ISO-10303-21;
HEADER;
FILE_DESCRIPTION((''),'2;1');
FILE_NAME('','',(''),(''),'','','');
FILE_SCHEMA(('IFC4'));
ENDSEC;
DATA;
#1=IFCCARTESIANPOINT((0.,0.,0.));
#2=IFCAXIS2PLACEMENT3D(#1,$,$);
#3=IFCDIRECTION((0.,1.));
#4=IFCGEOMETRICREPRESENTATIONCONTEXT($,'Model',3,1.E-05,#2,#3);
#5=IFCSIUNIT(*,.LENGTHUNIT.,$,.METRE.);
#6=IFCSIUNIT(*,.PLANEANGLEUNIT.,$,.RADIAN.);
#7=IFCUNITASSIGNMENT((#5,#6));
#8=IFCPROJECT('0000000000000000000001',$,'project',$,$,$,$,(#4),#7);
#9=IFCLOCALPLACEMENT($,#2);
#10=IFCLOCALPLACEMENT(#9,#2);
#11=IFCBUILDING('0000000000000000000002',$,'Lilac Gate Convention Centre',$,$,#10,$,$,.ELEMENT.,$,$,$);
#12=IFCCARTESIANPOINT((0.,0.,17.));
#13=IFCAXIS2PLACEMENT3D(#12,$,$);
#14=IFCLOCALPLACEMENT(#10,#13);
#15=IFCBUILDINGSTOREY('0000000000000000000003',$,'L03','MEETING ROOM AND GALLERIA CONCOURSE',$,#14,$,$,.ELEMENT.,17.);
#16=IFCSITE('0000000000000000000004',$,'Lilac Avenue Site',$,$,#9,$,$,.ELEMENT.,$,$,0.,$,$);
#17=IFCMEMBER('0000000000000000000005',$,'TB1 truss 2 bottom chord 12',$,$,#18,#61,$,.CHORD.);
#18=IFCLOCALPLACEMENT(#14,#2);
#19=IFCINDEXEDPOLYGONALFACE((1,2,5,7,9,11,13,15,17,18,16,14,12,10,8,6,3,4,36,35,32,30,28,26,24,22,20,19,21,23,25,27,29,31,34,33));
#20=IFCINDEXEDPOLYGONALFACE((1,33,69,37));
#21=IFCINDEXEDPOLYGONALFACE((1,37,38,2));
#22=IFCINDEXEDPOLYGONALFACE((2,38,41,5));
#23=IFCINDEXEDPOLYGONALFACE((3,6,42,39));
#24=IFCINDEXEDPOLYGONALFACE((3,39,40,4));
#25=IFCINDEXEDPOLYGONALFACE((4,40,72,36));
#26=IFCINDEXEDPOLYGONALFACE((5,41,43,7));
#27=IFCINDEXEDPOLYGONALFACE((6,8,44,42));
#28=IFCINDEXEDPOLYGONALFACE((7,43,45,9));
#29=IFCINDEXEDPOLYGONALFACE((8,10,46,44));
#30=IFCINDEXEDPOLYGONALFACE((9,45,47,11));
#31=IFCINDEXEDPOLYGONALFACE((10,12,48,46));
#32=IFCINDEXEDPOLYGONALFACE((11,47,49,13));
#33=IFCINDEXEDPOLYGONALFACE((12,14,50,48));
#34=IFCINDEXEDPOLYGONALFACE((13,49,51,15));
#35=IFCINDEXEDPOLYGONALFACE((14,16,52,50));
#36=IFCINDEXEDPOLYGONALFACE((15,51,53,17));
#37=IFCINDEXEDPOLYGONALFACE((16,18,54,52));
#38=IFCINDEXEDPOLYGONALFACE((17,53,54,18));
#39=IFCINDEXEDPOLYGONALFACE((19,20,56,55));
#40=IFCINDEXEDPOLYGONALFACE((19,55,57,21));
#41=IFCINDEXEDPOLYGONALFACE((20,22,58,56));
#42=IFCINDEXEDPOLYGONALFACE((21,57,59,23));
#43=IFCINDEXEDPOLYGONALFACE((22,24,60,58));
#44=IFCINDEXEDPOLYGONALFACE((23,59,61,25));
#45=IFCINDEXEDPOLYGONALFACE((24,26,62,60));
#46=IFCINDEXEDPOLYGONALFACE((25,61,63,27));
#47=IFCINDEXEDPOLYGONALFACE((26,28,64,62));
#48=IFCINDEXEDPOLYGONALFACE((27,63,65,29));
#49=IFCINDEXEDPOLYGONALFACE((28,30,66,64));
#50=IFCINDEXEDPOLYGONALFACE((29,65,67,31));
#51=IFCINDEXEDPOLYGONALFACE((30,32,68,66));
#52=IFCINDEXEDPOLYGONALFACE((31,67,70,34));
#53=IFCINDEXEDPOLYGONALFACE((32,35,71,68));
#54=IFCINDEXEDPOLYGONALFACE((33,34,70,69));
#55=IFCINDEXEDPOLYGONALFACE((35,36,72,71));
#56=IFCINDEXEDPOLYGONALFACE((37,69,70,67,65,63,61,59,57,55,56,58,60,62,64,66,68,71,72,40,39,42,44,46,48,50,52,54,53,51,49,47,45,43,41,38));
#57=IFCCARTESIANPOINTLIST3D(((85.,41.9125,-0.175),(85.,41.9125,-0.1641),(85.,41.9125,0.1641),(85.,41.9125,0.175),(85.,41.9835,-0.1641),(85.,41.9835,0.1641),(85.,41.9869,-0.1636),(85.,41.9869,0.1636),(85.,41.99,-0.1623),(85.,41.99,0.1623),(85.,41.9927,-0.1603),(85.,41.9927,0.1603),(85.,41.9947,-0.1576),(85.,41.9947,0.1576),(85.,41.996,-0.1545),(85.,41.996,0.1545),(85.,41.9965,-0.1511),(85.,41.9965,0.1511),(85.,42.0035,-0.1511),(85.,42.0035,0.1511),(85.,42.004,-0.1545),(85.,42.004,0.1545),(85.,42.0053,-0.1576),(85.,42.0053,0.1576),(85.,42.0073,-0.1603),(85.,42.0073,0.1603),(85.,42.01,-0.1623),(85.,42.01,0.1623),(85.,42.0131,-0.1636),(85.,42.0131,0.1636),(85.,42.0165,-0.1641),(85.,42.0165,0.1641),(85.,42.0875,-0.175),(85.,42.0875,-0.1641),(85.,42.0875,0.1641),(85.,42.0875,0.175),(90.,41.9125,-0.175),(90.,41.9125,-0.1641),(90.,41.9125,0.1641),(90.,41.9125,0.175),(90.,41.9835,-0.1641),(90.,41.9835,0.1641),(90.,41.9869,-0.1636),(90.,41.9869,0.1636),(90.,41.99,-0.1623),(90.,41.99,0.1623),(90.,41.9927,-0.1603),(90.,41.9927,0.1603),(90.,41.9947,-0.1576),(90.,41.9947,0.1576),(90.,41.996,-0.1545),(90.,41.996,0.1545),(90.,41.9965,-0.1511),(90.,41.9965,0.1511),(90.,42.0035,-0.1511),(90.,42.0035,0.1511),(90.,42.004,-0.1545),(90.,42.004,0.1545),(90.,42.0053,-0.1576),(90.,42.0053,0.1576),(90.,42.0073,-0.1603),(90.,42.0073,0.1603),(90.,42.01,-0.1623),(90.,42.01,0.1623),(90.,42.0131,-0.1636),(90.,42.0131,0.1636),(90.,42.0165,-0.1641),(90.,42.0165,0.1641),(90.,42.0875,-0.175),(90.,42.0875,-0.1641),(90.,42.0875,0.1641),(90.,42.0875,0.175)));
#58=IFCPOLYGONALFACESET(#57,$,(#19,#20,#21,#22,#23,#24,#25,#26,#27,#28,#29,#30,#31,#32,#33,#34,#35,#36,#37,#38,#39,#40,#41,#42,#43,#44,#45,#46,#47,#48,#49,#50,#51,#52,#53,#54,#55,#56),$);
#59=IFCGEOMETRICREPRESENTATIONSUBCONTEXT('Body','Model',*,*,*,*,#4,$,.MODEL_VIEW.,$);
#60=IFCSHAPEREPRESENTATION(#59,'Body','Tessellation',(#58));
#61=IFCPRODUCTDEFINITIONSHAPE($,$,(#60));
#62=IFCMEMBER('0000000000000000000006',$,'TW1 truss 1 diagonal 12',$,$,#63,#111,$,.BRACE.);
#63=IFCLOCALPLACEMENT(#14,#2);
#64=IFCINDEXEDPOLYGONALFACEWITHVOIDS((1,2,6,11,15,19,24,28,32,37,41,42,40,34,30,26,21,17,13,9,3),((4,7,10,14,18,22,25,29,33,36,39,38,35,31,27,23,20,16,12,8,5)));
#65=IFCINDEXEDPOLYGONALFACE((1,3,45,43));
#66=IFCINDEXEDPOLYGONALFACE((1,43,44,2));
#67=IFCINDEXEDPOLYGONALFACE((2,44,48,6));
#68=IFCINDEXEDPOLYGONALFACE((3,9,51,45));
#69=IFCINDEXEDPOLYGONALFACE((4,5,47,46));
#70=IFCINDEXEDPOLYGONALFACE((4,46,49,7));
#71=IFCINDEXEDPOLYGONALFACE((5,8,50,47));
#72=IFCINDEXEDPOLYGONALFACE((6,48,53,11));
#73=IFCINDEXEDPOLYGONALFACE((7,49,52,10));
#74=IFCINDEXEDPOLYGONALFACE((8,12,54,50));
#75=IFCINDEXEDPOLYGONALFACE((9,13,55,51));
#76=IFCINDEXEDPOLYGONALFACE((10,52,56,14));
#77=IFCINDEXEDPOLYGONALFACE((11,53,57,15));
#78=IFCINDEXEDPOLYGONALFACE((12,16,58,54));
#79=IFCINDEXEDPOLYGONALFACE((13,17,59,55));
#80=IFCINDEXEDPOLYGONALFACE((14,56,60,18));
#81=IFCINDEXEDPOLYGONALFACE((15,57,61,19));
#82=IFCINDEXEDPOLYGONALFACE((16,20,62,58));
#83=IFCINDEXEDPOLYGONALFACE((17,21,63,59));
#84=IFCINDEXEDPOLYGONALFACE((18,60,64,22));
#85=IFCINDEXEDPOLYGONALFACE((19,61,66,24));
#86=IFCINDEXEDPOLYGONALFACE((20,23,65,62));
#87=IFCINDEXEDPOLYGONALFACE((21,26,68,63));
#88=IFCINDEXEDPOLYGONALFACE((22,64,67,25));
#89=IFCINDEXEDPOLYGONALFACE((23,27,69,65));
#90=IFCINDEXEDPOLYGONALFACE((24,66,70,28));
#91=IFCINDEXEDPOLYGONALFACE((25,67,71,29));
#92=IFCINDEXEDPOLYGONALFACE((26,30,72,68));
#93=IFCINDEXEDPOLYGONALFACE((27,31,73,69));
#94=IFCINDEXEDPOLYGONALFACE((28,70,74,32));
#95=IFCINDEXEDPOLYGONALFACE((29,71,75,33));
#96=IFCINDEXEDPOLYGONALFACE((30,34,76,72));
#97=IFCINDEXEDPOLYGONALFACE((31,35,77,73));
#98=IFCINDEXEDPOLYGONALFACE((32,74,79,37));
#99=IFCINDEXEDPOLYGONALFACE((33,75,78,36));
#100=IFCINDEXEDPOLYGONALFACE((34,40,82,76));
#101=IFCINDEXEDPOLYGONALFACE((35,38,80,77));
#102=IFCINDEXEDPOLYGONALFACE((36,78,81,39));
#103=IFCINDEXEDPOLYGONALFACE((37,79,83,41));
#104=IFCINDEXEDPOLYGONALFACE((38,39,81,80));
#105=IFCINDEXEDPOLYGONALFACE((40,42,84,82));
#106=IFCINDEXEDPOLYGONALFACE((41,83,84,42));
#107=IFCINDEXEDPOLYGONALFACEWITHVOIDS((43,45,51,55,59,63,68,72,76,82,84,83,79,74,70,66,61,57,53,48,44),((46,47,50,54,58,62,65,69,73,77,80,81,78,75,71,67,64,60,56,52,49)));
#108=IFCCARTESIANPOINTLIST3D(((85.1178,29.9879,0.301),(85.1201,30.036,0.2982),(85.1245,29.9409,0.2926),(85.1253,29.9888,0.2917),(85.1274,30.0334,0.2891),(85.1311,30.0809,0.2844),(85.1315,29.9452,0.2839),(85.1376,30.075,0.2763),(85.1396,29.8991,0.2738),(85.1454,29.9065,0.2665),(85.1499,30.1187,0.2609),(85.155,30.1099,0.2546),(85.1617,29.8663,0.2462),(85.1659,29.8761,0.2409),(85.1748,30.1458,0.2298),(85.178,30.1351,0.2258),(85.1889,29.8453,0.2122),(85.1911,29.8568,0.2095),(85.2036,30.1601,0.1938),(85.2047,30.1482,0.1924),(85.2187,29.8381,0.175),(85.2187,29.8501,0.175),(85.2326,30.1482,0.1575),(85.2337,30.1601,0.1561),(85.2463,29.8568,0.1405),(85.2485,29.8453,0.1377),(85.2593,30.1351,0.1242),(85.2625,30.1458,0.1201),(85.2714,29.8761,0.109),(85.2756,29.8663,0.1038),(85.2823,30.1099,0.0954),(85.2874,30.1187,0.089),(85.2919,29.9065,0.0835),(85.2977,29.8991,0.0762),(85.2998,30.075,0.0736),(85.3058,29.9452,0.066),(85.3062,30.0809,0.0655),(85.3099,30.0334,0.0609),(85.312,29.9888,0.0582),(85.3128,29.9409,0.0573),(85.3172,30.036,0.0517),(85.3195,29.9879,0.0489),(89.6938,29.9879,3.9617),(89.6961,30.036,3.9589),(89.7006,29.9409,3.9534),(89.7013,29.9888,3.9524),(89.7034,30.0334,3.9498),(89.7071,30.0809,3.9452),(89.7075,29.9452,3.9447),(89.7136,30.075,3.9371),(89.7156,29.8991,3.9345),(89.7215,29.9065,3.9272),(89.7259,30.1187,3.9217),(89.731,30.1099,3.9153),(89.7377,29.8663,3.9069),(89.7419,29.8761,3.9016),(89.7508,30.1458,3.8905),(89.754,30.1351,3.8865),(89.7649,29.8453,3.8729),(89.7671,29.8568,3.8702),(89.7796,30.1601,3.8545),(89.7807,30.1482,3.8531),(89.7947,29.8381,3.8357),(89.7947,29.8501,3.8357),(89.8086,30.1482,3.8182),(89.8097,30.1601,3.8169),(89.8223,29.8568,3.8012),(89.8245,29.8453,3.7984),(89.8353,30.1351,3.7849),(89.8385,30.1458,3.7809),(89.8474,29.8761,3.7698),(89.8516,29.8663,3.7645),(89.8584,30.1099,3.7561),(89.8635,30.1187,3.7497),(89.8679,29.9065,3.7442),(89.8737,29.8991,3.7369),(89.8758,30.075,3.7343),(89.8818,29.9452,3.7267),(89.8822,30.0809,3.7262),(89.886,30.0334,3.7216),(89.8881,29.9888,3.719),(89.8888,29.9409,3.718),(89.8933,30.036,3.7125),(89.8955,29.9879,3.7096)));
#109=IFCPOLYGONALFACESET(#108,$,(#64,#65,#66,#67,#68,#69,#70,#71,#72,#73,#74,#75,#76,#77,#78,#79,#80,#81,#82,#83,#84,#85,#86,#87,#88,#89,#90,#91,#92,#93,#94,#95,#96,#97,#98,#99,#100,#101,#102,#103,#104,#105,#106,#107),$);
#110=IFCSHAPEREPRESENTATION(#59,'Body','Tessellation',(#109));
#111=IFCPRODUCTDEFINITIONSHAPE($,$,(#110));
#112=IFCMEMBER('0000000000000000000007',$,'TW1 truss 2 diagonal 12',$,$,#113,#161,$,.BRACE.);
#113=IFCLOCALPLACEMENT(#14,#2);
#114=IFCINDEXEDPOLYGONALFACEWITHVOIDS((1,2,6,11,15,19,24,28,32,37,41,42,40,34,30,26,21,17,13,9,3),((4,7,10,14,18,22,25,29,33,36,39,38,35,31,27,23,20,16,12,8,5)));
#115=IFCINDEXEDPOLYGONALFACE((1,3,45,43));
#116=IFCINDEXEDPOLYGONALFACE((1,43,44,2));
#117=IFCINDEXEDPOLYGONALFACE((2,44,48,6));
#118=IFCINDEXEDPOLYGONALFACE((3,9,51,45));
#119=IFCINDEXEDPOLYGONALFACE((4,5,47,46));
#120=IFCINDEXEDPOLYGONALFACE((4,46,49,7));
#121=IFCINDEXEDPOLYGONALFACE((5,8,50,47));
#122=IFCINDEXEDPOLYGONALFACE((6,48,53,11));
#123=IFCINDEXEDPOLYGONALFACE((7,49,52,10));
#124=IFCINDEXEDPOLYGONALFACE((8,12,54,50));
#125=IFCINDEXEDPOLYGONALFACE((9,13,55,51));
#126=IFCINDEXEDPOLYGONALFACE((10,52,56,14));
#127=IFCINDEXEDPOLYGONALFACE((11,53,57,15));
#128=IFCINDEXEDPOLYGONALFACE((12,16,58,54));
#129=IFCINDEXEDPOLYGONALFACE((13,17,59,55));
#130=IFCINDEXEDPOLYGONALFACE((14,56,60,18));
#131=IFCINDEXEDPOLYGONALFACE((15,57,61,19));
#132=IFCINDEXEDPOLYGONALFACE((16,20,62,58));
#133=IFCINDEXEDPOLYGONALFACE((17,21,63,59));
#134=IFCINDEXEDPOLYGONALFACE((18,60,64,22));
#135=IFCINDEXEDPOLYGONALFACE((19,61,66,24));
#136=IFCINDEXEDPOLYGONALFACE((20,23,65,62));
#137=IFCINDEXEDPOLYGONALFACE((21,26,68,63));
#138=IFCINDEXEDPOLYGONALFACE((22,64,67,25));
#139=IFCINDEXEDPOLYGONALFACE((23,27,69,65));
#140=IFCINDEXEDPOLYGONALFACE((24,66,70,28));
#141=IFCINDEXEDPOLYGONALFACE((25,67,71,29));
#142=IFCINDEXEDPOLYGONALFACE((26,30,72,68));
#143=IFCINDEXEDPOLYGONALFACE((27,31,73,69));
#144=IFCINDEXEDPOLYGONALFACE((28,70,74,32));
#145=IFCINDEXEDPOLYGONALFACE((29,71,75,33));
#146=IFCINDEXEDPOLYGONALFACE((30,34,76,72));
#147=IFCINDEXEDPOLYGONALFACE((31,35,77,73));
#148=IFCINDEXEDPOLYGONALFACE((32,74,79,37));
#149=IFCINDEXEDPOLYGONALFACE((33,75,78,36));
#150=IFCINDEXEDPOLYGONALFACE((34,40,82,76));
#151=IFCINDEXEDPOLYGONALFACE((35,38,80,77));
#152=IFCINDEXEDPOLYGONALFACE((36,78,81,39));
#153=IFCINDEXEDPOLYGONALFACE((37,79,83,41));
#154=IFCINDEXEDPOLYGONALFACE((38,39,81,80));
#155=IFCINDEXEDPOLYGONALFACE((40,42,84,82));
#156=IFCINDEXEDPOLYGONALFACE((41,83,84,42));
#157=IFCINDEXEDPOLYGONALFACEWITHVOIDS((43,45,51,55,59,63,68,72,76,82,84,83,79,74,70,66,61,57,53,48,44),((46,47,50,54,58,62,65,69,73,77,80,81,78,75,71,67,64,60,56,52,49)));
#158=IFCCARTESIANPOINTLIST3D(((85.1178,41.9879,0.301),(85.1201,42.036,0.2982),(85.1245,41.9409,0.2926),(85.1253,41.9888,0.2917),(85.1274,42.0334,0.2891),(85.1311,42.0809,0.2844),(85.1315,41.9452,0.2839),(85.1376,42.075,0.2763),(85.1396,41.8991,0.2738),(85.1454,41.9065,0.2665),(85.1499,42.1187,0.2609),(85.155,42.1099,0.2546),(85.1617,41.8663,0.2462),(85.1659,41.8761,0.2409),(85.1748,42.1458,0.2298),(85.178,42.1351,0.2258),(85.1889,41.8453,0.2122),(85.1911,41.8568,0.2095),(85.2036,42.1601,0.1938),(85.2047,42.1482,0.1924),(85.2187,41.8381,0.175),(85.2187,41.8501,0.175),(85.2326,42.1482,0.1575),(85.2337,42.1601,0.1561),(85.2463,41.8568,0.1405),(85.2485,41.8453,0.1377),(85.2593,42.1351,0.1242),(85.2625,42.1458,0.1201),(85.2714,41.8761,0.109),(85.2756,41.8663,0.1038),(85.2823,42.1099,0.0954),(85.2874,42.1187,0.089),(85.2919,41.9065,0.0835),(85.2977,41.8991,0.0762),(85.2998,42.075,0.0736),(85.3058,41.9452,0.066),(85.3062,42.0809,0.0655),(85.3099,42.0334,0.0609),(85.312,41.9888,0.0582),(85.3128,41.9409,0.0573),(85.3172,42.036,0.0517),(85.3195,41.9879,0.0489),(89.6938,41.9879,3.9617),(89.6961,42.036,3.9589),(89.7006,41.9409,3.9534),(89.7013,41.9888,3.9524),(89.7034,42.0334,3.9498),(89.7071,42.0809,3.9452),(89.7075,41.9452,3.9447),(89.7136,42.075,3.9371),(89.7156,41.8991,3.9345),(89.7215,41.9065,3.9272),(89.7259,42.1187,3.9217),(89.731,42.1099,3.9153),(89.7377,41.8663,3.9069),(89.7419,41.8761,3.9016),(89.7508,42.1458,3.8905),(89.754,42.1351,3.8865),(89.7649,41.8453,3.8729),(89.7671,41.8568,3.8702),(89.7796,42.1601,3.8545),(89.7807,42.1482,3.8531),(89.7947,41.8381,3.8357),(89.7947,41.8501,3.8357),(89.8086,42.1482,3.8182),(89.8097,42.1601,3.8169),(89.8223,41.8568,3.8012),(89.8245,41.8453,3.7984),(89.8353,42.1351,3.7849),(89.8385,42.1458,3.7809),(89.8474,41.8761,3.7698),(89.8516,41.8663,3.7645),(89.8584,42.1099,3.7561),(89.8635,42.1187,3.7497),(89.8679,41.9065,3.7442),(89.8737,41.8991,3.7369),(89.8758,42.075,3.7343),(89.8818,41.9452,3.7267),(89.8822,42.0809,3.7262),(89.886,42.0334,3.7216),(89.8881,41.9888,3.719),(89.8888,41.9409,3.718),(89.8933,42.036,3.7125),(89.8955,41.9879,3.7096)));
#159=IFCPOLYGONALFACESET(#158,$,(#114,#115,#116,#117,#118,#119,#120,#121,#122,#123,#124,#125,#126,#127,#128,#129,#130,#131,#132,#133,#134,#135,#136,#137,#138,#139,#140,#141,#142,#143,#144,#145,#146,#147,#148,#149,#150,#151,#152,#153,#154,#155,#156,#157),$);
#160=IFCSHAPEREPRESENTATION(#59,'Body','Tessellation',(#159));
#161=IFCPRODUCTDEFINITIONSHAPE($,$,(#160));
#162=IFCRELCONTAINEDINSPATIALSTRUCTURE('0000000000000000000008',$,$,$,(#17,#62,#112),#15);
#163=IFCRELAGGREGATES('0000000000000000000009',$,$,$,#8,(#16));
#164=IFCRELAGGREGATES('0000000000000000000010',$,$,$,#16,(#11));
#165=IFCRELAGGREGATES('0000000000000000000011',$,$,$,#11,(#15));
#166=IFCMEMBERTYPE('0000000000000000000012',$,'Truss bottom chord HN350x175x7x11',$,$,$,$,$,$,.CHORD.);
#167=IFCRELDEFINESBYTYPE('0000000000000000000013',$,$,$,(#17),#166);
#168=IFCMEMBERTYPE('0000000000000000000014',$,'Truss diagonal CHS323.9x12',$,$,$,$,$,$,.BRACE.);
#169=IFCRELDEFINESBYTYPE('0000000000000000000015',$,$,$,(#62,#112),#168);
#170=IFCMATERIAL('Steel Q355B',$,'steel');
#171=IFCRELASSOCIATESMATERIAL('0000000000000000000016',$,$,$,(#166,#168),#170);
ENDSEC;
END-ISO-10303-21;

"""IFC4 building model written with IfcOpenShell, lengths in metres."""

from ifc_helpers import new_model, si_unit, direction, frame, origin, origin_2d, place, context, subcontext, project, spatial, hollow_circle, i_section, extrude, material, material_profile, profile_set, type_object, element, save


model = new_model("IFC4")

# Units and contexts
model_context = context("Model", 3, precision=1e-05, world=origin(), true_north=direction((0.0, 1.0)))
body_context = subcontext(model_context, "Body", "Model", "MODEL_VIEW")
ifc_project = project(units=[si_unit("LENGTHUNIT", "METRE"), si_unit("PLANEANGLEUNIT", "RADIAN")], contexts=[model_context])

# Site, building, storey
site_placement = place(None, origin())
site = spatial("IfcSite", under=ifc_project, at=site_placement, Name="Lilac Avenue Site", CompositionType="ELEMENT", RefElevation=0.0)
building_placement = place(site_placement, origin())
building = spatial("IfcBuilding", under=site, at=building_placement, Name="Lilac Gate Convention Centre", CompositionType="ELEMENT")
storey_placement = place(building_placement, frame((0.0, 0.0, 17.0)))
storey = spatial("IfcBuildingStorey", under=building, at=storey_placement, Name="L03", Description="MEETING ROOM AND GALLERIA CONCOURSE", CompositionType="ELEMENT", Elevation=17.0)

# Members
ifc_material_1 = material(Name="Steel Q355B", Category="steel")
ifc_material_profile_1 = material_profile(ifc_material_1, i_section(OverallWidth=0.175, OverallDepth=0.3501, WebThickness=0.0071, FlangeThickness=0.011, FilletRadius=0.0129, at=origin_2d()), Name="HN350x175x7x11")
ifc_profile_set_1 = profile_set([ifc_material_profile_1], Name="Steel Q355B")
member_type_1 = type_object("IfcMemberType", Name="Truss bottom chord HN350x175x7x11", PredefinedType="CHORD", material=ifc_profile_set_1)
for number, where, z_axis, x_axis, name in (
    (1, (85.0, 42.0, 0.0), (1.0, 0.0, 0.0), (0.0, 1.0, 0.0), "TB1 truss 2 bottom chord 12"),
):
    element("IfcMember", number, at=place(storey_placement, frame(where, z_axis=z_axis, x_axis=x_axis)), inside=storey, type_object=member_type_1, Name=name, PredefinedType="CHORD", context=body_context, shape_type="SweptSolid", body=[
        extrude(i_section(OverallWidth=0.175, OverallDepth=0.3501, WebThickness=0.0071, FlangeThickness=0.011, FilletRadius=0.0129, at=origin_2d()), origin(), (0.0, 0.0, 1.0), 5.0),
    ])
ifc_material_profile_2 = material_profile(ifc_material_1, hollow_circle(Radius=0.1619, WallThickness=0.012, at=origin_2d()), Name="CHS323.9x12")
ifc_profile_set_2 = profile_set([ifc_material_profile_2], Name="Steel Q355B")
member_type_2 = type_object("IfcMemberType", Name="Truss diagonal CHS323.9x12", PredefinedType="BRACE", material=ifc_profile_set_2)
for number, where, z_axis, x_axis, name in (
    (2, (89.7947, 30.0, 3.8357), (-0.780877, 0.0, -0.624685), (0.0, -1.0, 0.0), "TW1 truss 1 diagonal 12"),
    (3, (89.7947, 42.0, 3.8357), (-0.780877, 0.0, -0.624685), (0.0, -1.0, 0.0), "TW1 truss 2 diagonal 12"),
):
    element("IfcMember", number, at=place(storey_placement, frame(where, z_axis=z_axis, x_axis=x_axis)), inside=storey, type_object=member_type_2, Name=name, PredefinedType="BRACE", context=body_context, shape_type="SweptSolid", body=[
        extrude(hollow_circle(Radius=0.1619, WallThickness=0.012, at=origin_2d()), origin(), (0.0, 0.0, 1.0), 5.8601),
    ])

save(model, "model.ifc")
